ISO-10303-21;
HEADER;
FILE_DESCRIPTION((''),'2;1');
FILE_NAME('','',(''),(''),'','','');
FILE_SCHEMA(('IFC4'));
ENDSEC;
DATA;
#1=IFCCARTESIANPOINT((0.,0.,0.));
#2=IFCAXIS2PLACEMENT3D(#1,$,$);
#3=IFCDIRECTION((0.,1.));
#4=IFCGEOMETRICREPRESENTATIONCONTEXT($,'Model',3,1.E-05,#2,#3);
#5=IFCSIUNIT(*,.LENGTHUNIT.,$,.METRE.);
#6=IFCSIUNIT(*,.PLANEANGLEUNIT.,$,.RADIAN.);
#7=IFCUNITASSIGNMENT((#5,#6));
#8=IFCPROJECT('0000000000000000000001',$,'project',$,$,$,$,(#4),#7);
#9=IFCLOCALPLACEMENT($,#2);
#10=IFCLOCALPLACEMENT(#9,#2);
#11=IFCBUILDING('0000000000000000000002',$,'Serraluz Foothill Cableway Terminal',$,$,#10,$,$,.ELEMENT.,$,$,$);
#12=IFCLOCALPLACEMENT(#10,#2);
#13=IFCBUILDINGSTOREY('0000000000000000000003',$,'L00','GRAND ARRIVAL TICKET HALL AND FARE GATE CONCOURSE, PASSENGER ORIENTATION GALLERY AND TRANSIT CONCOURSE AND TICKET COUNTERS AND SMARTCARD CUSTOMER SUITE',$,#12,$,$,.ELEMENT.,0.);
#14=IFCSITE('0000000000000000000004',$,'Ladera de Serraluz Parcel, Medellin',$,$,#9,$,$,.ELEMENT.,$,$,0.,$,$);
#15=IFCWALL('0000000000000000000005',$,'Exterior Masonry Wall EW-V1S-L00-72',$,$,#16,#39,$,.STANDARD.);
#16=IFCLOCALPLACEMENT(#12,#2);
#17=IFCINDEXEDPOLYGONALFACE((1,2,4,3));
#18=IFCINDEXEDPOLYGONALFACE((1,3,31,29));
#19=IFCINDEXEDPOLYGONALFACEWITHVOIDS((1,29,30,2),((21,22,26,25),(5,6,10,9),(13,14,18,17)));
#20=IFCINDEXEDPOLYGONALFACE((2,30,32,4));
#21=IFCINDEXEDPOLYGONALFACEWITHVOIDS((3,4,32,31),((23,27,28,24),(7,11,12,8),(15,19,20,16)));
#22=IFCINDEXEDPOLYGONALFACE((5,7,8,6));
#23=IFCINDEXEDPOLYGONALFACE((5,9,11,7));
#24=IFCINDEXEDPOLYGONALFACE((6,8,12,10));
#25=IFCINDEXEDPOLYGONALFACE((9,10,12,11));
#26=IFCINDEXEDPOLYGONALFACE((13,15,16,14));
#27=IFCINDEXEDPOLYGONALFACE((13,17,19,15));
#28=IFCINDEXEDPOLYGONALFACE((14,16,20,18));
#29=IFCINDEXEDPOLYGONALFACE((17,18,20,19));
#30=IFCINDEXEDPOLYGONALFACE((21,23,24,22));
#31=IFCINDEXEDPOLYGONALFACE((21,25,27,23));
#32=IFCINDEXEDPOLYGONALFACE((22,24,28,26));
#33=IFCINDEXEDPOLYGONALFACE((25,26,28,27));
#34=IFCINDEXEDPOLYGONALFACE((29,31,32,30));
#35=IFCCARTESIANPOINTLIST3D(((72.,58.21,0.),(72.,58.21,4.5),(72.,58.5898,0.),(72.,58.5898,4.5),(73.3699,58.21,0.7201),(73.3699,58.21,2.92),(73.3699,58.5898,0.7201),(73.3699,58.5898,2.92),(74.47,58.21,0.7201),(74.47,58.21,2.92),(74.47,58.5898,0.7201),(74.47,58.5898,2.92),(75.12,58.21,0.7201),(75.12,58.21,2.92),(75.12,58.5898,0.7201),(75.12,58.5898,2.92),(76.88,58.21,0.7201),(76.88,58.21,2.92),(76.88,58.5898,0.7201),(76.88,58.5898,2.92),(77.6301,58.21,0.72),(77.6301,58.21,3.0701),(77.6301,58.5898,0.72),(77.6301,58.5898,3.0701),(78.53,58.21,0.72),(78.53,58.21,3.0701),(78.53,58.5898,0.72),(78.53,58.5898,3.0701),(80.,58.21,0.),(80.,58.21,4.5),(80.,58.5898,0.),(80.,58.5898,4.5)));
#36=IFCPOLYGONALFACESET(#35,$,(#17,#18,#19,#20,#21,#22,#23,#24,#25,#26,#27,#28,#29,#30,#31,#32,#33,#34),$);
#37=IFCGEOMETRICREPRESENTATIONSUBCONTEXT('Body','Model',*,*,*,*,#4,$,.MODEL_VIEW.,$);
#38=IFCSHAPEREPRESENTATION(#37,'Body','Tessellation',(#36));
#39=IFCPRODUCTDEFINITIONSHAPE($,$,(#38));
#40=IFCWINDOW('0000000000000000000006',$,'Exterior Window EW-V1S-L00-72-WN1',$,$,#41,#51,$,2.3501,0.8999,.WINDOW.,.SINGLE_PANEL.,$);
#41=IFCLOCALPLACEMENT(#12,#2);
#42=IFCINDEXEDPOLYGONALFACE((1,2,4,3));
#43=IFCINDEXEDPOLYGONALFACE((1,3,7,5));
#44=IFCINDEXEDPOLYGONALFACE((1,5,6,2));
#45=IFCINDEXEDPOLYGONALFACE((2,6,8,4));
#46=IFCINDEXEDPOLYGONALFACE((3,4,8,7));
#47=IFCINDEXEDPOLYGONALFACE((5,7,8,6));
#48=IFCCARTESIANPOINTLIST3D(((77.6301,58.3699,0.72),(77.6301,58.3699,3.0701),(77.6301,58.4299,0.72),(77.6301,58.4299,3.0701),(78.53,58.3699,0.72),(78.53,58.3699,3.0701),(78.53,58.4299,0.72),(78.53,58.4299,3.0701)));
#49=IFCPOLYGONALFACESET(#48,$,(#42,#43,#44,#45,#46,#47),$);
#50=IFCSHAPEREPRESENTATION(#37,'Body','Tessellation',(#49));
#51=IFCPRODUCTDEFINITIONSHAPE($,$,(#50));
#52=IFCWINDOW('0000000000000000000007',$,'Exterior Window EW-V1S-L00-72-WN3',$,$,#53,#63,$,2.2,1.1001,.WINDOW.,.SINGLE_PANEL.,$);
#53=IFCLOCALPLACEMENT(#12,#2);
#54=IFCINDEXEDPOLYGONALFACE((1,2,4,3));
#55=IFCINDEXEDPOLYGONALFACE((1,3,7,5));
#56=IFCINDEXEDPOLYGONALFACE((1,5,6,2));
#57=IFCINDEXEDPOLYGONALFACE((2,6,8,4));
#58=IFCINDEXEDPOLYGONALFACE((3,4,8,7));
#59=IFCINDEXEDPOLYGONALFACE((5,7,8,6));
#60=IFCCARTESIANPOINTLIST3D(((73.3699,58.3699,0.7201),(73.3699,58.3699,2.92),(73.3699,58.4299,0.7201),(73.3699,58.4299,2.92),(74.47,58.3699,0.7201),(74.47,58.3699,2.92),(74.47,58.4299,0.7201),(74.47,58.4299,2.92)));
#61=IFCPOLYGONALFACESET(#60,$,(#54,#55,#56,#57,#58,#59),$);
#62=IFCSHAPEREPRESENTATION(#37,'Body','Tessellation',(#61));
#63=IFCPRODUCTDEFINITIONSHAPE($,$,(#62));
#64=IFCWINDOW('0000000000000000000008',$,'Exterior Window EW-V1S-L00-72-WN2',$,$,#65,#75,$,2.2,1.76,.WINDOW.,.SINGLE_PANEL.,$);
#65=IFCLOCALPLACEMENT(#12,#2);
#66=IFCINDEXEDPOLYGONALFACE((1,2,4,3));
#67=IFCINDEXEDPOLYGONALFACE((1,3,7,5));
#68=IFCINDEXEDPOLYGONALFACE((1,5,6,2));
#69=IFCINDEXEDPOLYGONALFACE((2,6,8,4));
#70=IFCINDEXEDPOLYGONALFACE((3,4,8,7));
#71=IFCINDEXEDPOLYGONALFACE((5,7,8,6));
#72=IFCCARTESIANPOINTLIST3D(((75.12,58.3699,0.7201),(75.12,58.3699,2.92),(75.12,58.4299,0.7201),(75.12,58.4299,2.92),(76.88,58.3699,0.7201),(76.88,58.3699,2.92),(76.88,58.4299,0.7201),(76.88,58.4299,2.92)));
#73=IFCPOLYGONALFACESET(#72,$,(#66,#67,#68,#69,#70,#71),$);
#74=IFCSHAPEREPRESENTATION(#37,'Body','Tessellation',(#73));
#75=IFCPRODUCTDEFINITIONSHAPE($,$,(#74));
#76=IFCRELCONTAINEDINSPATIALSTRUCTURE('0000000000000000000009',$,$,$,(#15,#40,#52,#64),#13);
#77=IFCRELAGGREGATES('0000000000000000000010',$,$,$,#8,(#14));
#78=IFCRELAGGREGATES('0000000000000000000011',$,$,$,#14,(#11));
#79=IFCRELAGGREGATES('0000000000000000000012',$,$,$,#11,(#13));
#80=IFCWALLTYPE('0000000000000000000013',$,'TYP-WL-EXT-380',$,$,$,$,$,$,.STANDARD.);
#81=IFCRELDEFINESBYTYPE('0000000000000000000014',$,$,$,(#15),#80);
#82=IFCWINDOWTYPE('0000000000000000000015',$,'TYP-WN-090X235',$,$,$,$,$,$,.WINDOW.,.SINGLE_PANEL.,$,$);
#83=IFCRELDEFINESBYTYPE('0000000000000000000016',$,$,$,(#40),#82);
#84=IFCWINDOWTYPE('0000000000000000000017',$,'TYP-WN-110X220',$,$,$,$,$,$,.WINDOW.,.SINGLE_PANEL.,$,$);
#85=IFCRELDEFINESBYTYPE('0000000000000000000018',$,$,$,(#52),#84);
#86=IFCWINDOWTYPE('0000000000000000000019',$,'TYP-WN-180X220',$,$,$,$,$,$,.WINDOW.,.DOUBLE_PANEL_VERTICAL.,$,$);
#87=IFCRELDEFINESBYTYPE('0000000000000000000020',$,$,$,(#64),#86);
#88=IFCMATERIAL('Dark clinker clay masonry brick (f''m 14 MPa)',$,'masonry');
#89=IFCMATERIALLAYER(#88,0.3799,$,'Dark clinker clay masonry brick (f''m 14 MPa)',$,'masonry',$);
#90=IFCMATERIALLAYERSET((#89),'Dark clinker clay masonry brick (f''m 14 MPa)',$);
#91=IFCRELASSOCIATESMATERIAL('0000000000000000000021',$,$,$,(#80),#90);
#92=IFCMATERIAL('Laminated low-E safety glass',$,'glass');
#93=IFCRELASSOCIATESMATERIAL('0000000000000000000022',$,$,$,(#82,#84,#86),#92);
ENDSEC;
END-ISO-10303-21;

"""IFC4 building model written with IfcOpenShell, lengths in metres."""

from ifc_helpers import new_model, si_unit, direction, frame, frame_2d, origin, place, context, subcontext, project, spatial, rectangle, extrude, material, layer, layer_set, type_object, element, fill, save


model = new_model("IFC4")

# Units and contexts
model_context = context("Model", 3, precision=1e-05, world=origin(), true_north=direction((0.0, 1.0)))
body_context = subcontext(model_context, "Body", "Model", "MODEL_VIEW")
ifc_project = project(units=[si_unit("LENGTHUNIT", "METRE"), si_unit("PLANEANGLEUNIT", "RADIAN")], contexts=[model_context])

# Site, building, storey
site_placement = place(None, origin())
site = spatial("IfcSite", under=ifc_project, at=site_placement, Name="Ladera de Serraluz Parcel, Medellin", CompositionType="ELEMENT", RefElevation=0.0)
building_placement = place(site_placement, origin())
building = spatial("IfcBuilding", under=site, at=building_placement, Name="Serraluz Foothill Cableway Terminal", CompositionType="ELEMENT")
storey_placement = place(building_placement, origin())
storey = spatial("IfcBuildingStorey", under=building, at=storey_placement, Name="L00", Description="GRAND ARRIVAL TICKET HALL AND FARE GATE CONCOURSE, PASSENGER ORIENTATION GALLERY AND TRANSIT CONCOURSE AND TICKET COUNTERS AND SMARTCARD CUSTOMER SUITE", CompositionType="ELEMENT", Elevation=0.0)

# Wall, openings, windows
ifc_material_1 = material(Name="Dark clinker clay masonry brick (f'm 14 MPa)", Category="masonry")
ifc_layer_1 = layer(ifc_material_1, 0.3799, Name="Dark clinker clay masonry brick (f'm 14 MPa)", Category="masonry")
ifc_layer_set_1 = layer_set([ifc_layer_1], Name="Dark clinker clay masonry brick (f'm 14 MPa)")
wall_type = type_object("IfcWallType", Name="TYP-WL-EXT-380", PredefinedType="STANDARD", material=ifc_layer_set_1)
wall_placement = place(storey_placement, frame((80.0, 58.3999, 0.0), z_axis=(0.0, 0.0, 1.0), x_axis=(-1.0, 0.0, 0.0)))
wall = element("IfcWall", 1, at=wall_placement, inside=storey, type_object=wall_type, Name="Exterior Masonry Wall EW-V1S-L00-72", PredefinedType="STANDARD", context=body_context, shape_type="SweptSolid", body=[
    extrude(rectangle(XDim=8.0, YDim=0.3799, at=frame_2d((4.0, 0.0))), origin(), (0.0, 0.0, 1.0), 4.5),
])
opening_1_placement = place(wall_placement, frame((1.47, 0.0, 0.72)))
opening_1 = element("IfcOpeningElement", 2, at=opening_1_placement, cuts=wall, PredefinedType="OPENING", context=body_context, shape_type="SweptSolid", body=[
    extrude(rectangle(XDim=0.8999, YDim=2.3501, at=frame_2d((0.45, 1.175))), frame((0.0, 0.2, 0.0), z_axis=(0.0, -1.0, 0.0), x_axis=(1.0, 0.0, 0.0)), (0.0, 0.0, 1.0), 0.3999),
])
opening_2_placement = place(wall_placement, frame((3.1201, 0.0, 0.72)))
opening_2 = element("IfcOpeningElement", 3, at=opening_2_placement, cuts=wall, PredefinedType="OPENING", context=body_context, shape_type="SweptSolid", body=[
    extrude(rectangle(XDim=1.76, YDim=2.2, at=frame_2d((0.8799, 1.1001))), frame((0.0, 0.2, 0.0), z_axis=(0.0, -1.0, 0.0), x_axis=(1.0, 0.0, 0.0)), (0.0, 0.0, 1.0), 0.3999),
])
opening_3_placement = place(wall_placement, frame((5.53, 0.0, 0.72)))
opening_3 = element("IfcOpeningElement", 4, at=opening_3_placement, cuts=wall, PredefinedType="OPENING", context=body_context, shape_type="SweptSolid", body=[
    extrude(rectangle(XDim=1.1001, YDim=2.2, at=frame_2d((0.55, 1.1001))), frame((0.0, 0.2, 0.0), z_axis=(0.0, -1.0, 0.0), x_axis=(1.0, 0.0, 0.0)), (0.0, 0.0, 1.0), 0.3999),
])
ifc_material_2 = material(Name="Laminated low-E safety glass", Category="glass")
window_type_1 = type_object("IfcWindowType", Name="TYP-WN-090X235", PartitioningType="SINGLE_PANEL", PredefinedType="WINDOW", material=ifc_material_2)
window_1_placement = place(opening_1_placement, origin())
window_1 = element("IfcWindow", 5, at=window_1_placement, inside=storey, type_object=window_type_1, Name="Exterior Window EW-V1S-L00-72-WN1", OverallHeight=2.3501, OverallWidth=0.8999, PartitioningType="SINGLE_PANEL", PredefinedType="WINDOW", context=body_context, shape_type="SweptSolid", body=[
    extrude(rectangle(XDim=0.8999, YDim=2.3501, at=frame_2d((0.45, 1.175))), frame((0.0, 0.03, 0.0), z_axis=(0.0, -1.0, 0.0), x_axis=(1.0, 0.0, 0.0)), (0.0, 0.0, 1.0), 0.0601),
])
fill(opening_1, window_1)
window_type_2 = type_object("IfcWindowType", Name="TYP-WN-110X220", PartitioningType="SINGLE_PANEL", PredefinedType="WINDOW", material=ifc_material_2)
window_2_placement = place(opening_3_placement, origin())
window_2 = element("IfcWindow", 6, at=window_2_placement, inside=storey, type_object=window_type_2, Name="Exterior Window EW-V1S-L00-72-WN3", OverallHeight=2.2, OverallWidth=1.1001, PartitioningType="SINGLE_PANEL", PredefinedType="WINDOW", context=body_context, shape_type="SweptSolid", body=[
    extrude(rectangle(XDim=1.1001, YDim=2.2, at=frame_2d((0.55, 1.1001))), frame((0.0, 0.03, 0.0), z_axis=(0.0, -1.0, 0.0), x_axis=(1.0, 0.0, 0.0)), (0.0, 0.0, 1.0), 0.0601),
])
fill(opening_3, window_2)
window_type_3 = type_object("IfcWindowType", Name="TYP-WN-180X220", PartitioningType="DOUBLE_PANEL_VERTICAL", PredefinedType="WINDOW", material=ifc_material_2)
window_3_placement = place(opening_2_placement, origin())
window_3 = element("IfcWindow", 7, at=window_3_placement, inside=storey, type_object=window_type_3, Name="Exterior Window EW-V1S-L00-72-WN2", OverallHeight=2.2, OverallWidth=1.76, PartitioningType="SINGLE_PANEL", PredefinedType="WINDOW", context=body_context, shape_type="SweptSolid", body=[
    extrude(rectangle(XDim=1.76, YDim=2.2, at=frame_2d((0.8799, 1.1001))), frame((0.0, 0.03, 0.0), z_axis=(0.0, -1.0, 0.0), x_axis=(1.0, 0.0, 0.0)), (0.0, 0.0, 1.0), 0.0601),
])
fill(opening_2, window_3)

save(model, "model.ifc")
